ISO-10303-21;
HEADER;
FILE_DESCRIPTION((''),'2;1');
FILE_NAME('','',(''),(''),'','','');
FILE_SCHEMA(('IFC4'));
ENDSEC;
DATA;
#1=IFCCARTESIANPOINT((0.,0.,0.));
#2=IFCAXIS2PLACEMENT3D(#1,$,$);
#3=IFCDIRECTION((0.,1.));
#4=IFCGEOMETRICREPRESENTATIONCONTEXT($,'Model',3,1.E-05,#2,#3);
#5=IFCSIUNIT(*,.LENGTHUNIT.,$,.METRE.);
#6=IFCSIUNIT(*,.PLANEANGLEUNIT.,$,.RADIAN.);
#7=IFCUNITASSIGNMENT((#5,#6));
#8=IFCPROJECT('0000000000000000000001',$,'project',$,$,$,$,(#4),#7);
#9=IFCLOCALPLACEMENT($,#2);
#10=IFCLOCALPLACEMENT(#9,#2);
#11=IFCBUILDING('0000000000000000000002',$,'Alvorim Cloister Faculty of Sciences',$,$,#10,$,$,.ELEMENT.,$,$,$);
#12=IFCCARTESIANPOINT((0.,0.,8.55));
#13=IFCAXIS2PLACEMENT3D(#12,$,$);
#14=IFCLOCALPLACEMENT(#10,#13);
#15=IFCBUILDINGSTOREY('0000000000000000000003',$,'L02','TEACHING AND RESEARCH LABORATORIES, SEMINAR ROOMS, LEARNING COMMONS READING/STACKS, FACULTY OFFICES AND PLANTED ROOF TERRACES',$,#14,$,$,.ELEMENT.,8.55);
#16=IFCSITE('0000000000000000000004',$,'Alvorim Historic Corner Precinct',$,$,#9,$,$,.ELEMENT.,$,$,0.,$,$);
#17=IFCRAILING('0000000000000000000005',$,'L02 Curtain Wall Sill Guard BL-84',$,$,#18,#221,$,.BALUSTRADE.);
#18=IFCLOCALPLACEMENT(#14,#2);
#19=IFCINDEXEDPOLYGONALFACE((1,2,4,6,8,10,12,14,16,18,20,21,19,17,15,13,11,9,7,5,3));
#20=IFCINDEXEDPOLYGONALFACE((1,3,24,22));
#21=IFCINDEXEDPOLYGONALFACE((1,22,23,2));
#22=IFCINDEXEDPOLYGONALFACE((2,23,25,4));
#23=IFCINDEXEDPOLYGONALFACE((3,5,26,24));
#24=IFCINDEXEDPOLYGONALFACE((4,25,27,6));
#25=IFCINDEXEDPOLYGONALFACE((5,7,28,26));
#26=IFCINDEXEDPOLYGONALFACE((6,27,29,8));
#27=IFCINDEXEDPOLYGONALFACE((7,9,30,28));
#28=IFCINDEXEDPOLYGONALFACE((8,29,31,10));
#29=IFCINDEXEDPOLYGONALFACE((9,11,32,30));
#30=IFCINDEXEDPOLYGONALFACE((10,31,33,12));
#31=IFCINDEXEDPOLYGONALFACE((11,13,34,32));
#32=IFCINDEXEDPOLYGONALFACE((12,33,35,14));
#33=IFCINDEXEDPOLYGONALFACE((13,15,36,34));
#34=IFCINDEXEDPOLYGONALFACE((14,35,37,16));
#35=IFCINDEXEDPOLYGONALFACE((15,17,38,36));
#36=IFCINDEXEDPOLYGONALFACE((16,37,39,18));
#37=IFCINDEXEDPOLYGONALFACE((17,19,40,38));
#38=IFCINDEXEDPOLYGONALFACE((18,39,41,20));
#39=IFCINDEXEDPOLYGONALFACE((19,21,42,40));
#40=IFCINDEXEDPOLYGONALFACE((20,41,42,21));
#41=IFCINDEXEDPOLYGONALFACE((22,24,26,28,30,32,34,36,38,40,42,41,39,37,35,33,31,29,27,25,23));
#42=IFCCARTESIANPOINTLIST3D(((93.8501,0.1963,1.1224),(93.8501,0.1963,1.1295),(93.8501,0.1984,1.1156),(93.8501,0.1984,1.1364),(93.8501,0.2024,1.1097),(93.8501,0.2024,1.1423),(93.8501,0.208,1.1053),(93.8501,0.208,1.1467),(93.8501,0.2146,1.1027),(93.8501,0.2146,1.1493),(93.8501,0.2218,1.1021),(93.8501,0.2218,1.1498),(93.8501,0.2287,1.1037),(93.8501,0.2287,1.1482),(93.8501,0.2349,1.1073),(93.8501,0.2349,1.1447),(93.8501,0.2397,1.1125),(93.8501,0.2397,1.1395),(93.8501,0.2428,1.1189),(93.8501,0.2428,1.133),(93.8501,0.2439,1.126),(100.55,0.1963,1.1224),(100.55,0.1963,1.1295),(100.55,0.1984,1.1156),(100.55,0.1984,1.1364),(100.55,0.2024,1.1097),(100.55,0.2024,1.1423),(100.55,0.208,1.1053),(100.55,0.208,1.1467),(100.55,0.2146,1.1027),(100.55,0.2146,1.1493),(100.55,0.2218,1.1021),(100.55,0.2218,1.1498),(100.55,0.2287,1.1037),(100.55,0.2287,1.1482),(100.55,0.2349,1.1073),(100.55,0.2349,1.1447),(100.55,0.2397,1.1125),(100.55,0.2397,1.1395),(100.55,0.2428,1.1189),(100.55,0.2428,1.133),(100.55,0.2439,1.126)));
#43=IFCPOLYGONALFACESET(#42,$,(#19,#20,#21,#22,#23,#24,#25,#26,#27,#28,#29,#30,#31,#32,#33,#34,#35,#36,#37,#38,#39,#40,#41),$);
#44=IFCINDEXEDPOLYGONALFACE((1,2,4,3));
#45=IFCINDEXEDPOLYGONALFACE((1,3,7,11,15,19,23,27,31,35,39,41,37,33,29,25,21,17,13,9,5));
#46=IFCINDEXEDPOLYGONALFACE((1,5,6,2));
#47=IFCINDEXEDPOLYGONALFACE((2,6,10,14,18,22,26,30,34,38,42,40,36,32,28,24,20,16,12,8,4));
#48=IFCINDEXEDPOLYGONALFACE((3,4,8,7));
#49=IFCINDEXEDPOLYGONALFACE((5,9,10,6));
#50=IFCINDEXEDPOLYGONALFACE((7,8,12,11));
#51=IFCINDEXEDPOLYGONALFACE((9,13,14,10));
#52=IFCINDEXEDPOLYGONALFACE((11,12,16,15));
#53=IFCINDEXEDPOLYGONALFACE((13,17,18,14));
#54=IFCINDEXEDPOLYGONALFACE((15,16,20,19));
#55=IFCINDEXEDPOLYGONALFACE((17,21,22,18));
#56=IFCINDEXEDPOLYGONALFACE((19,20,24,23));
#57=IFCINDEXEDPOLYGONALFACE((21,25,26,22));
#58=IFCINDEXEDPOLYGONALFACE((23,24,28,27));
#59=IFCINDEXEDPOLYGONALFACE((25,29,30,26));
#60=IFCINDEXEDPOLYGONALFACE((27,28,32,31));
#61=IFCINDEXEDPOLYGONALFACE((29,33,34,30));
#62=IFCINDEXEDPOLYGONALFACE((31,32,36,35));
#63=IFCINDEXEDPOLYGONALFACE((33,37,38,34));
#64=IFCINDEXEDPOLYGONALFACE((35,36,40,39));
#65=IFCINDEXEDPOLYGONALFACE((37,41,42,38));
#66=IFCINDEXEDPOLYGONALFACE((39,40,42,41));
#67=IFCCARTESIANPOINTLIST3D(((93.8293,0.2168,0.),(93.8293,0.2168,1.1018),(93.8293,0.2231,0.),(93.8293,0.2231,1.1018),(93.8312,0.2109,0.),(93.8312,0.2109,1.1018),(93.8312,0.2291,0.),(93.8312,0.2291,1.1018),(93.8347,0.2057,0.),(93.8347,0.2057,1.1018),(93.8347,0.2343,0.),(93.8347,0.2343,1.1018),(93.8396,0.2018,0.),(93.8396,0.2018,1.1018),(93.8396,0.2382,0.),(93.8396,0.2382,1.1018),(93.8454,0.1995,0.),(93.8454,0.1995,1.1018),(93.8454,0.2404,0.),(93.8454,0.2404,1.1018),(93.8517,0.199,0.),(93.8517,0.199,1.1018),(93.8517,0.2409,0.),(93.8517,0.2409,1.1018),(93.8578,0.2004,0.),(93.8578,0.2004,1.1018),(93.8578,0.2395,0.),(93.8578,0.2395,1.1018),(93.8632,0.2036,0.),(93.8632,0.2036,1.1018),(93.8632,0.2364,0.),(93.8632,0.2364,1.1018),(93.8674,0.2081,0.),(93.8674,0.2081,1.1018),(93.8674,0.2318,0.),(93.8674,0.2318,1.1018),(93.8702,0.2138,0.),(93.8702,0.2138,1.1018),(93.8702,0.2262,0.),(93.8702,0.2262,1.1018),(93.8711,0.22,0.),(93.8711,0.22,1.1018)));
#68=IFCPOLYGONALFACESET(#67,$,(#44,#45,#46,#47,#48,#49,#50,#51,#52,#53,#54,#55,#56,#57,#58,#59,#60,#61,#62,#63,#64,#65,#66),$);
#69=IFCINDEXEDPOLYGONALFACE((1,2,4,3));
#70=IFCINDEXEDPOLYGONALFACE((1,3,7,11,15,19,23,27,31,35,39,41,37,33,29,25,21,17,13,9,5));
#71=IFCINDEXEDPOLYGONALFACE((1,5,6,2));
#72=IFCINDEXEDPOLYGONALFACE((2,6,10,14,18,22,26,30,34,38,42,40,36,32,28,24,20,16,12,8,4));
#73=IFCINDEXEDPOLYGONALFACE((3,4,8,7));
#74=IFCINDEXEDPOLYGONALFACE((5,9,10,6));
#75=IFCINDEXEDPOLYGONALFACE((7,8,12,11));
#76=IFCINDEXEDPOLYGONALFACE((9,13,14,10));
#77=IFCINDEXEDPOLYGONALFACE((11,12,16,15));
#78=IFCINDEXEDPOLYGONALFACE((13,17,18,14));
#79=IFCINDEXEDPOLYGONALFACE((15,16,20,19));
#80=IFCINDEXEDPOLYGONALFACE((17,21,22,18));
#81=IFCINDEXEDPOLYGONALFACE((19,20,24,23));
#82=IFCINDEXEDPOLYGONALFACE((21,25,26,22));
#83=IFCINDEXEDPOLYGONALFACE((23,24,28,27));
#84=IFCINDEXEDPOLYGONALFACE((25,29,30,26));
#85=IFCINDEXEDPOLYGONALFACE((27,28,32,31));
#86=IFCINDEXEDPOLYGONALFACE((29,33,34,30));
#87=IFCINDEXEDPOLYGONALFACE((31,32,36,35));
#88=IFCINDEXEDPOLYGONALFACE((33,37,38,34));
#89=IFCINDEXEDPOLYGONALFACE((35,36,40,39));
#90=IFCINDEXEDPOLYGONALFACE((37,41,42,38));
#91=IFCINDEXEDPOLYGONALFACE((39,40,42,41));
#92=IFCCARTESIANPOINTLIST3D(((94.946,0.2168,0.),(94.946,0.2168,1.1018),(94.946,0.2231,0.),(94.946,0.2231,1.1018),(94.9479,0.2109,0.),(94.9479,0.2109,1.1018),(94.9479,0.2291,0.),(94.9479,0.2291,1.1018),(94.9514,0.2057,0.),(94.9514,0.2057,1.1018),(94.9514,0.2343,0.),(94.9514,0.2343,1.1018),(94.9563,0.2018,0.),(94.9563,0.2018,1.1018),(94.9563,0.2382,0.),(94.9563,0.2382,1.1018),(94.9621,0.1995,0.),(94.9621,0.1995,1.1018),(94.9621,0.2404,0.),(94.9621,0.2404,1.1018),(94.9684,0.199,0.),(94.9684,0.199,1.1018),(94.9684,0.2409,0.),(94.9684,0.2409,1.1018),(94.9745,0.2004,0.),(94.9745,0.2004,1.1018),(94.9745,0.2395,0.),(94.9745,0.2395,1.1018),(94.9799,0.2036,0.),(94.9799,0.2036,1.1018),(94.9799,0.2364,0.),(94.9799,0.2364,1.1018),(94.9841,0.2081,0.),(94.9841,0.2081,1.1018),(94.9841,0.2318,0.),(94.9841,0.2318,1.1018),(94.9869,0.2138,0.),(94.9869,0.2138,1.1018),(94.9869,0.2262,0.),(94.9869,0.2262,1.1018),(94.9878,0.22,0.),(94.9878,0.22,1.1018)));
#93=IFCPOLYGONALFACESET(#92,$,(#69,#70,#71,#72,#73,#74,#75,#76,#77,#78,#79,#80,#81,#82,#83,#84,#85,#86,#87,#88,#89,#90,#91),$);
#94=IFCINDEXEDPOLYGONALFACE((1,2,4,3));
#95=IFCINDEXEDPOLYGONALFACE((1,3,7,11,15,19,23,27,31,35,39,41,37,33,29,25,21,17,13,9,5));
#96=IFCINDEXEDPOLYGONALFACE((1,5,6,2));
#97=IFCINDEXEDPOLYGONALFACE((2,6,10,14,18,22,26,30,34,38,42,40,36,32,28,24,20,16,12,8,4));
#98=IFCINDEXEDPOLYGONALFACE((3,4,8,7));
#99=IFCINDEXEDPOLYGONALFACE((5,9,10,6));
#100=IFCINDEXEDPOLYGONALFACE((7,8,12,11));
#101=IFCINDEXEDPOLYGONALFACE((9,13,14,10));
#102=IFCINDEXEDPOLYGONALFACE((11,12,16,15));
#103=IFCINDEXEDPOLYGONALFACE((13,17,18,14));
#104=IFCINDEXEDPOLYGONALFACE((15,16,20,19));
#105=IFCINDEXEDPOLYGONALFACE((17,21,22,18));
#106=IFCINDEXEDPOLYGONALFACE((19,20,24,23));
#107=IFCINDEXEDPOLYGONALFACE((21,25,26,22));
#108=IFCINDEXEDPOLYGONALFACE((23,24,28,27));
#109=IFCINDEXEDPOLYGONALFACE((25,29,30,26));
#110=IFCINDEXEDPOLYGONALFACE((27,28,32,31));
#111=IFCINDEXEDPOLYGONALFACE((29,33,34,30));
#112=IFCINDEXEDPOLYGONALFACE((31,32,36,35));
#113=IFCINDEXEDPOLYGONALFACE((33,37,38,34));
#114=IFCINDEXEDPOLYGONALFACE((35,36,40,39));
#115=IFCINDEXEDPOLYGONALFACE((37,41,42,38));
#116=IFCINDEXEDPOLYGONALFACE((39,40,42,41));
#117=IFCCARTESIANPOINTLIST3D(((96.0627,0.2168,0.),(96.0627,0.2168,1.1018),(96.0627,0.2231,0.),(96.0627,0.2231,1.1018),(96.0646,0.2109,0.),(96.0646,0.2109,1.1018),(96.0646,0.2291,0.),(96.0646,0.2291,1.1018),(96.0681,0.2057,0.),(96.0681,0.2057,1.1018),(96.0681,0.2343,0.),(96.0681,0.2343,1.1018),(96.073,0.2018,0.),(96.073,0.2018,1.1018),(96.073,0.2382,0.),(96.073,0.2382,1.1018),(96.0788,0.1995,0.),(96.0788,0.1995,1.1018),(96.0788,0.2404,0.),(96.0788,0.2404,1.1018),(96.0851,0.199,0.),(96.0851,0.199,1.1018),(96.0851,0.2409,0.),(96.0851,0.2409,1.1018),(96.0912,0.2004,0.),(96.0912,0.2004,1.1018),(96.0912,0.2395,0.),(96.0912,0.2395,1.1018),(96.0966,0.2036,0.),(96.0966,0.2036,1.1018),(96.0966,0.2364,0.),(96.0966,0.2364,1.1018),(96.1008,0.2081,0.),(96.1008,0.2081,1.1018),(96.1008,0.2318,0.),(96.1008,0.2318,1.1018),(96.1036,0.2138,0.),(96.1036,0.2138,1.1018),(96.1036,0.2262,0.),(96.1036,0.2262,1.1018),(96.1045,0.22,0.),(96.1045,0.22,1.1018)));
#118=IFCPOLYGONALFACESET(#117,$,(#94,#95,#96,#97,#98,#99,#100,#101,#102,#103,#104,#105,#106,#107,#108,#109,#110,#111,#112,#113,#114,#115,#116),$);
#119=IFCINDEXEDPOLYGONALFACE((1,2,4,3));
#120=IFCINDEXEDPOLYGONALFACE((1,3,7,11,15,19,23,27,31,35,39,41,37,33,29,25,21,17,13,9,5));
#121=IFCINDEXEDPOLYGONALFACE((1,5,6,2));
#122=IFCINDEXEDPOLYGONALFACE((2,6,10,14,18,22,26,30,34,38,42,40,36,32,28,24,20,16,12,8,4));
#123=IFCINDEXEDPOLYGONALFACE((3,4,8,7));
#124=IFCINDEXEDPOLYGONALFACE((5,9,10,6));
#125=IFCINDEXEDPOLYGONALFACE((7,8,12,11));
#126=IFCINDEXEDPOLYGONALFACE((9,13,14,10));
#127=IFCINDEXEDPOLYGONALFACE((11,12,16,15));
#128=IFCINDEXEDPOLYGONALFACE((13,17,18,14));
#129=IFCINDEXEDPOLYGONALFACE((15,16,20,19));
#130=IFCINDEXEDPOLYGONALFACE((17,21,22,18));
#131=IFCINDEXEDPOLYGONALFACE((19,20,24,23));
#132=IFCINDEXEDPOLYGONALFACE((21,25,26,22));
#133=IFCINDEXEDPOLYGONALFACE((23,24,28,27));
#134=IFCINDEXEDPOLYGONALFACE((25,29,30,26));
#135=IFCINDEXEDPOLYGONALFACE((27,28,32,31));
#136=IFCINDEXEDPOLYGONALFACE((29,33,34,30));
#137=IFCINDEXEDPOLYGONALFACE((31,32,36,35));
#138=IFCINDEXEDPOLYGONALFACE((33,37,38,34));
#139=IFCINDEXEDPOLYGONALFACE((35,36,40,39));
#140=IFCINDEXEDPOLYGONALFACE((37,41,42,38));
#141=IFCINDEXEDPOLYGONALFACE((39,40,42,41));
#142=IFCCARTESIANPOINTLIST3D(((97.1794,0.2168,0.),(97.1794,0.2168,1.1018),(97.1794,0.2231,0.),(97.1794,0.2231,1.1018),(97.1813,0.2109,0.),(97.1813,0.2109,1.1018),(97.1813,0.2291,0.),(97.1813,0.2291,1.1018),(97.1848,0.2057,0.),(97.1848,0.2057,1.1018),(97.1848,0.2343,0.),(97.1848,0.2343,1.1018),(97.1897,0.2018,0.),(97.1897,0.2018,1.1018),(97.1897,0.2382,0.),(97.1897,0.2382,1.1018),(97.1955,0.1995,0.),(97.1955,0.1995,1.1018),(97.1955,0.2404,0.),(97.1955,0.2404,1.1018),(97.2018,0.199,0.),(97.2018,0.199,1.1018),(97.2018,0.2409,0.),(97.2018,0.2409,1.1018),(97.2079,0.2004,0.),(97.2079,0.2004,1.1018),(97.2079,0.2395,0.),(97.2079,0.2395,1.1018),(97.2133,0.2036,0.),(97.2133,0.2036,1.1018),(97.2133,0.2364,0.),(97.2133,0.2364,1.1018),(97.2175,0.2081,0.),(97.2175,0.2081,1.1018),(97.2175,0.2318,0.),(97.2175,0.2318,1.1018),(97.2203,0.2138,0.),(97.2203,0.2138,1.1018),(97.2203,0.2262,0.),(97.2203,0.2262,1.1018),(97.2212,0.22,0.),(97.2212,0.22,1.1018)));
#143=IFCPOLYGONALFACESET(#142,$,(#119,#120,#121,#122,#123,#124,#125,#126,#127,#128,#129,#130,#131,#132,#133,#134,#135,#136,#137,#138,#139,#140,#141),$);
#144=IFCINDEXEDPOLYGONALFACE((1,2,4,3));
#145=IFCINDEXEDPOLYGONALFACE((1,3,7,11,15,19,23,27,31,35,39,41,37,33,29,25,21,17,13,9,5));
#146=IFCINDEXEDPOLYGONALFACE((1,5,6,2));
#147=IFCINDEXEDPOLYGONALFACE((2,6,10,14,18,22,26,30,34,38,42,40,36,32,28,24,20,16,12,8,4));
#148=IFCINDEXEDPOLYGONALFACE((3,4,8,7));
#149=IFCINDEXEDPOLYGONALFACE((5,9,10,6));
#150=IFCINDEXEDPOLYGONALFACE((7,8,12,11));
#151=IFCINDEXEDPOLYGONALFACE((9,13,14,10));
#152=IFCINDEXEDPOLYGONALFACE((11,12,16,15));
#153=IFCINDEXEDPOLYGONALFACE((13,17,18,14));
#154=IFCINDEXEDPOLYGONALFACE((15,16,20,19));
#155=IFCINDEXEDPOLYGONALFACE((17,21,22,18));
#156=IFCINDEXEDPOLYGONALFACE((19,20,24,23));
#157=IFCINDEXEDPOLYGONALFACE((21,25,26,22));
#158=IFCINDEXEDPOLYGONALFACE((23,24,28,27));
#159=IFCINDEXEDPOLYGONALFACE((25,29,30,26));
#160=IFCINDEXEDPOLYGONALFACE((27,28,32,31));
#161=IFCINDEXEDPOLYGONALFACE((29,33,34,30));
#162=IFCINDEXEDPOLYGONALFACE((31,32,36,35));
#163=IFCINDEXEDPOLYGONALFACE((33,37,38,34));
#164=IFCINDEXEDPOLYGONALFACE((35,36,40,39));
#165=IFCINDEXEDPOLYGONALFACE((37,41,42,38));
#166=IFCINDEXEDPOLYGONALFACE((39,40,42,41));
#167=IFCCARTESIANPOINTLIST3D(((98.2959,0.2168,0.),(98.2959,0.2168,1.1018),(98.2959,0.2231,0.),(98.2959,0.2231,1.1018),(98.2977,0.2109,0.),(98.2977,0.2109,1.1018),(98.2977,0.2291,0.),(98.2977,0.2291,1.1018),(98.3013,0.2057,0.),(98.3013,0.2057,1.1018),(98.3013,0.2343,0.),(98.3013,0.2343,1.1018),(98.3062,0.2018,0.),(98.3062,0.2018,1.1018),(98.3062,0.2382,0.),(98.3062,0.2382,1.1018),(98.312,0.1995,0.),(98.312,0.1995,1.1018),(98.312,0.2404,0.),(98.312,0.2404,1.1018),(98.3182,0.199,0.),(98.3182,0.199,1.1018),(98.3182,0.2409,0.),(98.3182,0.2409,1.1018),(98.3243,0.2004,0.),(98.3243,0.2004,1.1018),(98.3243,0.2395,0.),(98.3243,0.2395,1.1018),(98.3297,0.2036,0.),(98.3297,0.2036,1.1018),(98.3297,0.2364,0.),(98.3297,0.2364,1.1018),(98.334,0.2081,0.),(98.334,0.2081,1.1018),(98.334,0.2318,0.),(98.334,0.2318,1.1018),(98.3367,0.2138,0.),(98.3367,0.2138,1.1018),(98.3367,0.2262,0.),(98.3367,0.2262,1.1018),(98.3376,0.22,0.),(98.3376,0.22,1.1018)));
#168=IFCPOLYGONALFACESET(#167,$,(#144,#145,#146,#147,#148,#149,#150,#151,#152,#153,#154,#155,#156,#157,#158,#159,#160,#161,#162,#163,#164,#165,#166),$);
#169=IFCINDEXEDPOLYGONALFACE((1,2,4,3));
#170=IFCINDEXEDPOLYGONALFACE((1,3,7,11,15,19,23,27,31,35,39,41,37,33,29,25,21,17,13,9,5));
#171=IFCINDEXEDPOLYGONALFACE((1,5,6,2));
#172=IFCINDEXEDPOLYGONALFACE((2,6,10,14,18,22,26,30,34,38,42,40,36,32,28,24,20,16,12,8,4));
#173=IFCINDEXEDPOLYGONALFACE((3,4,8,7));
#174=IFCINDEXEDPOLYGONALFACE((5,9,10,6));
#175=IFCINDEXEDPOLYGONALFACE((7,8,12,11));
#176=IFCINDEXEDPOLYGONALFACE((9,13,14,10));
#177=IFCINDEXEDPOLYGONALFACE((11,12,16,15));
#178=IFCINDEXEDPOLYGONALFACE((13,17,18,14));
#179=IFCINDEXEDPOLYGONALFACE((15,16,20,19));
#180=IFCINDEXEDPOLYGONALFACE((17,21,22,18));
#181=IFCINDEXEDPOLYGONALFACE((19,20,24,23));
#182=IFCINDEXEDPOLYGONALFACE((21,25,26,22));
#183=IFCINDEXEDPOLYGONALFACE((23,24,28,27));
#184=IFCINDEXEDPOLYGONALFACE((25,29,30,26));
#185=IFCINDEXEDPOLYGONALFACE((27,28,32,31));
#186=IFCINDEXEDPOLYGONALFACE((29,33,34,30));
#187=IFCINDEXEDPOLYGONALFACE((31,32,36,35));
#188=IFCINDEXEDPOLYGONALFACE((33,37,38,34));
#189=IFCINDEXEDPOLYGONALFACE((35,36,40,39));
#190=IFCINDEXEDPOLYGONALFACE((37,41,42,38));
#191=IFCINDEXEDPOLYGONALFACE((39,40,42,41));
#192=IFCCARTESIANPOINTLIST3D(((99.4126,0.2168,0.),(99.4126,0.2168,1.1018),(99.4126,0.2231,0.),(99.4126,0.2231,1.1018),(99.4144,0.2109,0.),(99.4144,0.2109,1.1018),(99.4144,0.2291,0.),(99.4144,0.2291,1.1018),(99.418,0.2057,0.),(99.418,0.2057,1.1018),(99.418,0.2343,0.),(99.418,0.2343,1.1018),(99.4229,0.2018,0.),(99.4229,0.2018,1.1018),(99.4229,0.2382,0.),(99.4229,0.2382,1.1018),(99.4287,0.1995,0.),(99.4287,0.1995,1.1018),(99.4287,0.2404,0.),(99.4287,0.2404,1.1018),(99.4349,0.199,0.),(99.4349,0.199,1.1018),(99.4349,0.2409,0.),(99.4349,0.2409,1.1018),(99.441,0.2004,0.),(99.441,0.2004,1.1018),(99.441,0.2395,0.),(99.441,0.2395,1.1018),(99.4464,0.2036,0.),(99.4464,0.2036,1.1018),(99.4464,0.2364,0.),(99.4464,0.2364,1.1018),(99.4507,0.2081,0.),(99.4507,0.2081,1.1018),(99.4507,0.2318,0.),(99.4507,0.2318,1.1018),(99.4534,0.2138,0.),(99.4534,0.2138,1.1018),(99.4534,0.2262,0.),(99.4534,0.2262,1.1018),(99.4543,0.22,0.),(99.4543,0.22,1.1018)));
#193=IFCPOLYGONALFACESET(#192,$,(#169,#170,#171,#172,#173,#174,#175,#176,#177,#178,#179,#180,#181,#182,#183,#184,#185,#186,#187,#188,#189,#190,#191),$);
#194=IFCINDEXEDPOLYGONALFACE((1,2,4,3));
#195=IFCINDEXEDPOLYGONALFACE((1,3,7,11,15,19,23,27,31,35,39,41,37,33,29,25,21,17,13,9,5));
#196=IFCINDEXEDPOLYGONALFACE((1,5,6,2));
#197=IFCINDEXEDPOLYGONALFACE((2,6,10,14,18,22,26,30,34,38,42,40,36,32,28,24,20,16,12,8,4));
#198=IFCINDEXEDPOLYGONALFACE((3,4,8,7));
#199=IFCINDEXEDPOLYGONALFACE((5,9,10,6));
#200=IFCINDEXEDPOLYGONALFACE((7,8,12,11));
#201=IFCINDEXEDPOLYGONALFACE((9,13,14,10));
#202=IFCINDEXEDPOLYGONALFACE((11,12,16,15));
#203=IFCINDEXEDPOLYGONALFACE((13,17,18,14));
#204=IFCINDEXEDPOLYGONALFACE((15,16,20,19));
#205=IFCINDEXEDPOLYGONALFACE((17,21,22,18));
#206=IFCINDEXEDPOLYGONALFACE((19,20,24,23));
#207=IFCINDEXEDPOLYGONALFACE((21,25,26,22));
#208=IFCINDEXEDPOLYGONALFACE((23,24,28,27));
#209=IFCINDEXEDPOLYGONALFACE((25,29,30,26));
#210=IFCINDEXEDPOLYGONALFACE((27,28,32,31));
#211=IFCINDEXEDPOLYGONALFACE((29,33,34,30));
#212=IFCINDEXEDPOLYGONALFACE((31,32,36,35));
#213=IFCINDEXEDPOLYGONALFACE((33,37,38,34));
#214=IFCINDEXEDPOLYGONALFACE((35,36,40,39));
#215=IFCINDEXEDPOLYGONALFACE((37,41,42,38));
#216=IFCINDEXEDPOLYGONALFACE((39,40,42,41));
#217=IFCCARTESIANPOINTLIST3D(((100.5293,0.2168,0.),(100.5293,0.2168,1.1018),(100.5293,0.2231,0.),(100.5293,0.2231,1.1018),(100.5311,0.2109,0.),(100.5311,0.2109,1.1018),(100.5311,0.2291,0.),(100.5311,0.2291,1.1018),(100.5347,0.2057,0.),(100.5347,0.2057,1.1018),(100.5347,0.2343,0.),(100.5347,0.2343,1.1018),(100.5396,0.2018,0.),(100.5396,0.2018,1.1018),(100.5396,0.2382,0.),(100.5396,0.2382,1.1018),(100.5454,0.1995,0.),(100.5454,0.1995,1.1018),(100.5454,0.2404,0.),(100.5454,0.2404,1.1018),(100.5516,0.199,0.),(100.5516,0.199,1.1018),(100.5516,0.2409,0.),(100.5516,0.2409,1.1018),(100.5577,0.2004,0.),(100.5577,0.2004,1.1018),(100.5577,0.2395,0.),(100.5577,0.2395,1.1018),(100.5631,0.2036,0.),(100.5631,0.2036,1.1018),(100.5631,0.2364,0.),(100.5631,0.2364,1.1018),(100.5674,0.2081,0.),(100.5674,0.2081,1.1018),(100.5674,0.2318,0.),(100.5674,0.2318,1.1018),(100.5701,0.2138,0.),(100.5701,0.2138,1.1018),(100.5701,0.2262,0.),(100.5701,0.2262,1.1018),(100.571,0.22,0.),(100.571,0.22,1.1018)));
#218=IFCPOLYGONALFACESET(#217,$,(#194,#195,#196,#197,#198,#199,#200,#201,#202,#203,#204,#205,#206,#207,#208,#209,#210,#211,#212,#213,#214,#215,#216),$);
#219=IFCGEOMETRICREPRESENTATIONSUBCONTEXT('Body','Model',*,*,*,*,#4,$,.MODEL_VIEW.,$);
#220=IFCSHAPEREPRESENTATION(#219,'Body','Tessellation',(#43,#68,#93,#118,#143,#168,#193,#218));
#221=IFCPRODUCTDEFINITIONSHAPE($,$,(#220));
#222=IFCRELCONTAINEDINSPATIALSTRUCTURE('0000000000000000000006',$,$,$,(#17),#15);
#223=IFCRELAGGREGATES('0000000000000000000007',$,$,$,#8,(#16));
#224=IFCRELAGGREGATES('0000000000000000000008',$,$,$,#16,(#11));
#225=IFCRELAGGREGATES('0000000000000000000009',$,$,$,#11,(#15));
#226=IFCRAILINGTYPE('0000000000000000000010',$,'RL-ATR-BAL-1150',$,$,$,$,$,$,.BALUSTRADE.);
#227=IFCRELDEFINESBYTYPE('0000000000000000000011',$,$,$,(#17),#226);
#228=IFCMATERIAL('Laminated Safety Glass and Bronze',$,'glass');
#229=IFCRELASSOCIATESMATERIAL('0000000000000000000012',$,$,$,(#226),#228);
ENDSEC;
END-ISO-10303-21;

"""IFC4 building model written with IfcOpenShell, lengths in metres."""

from ifc_helpers import new_model, si_unit, direction, frame, origin, origin_2d, place, context, subcontext, project, spatial, circle, extrude, material, type_object, element, save


model = new_model("IFC4")

# Units and contexts
model_context = context("Model", 3, precision=1e-05, world=origin(), true_north=direction((0.0, 1.0)))
body_context = subcontext(model_context, "Body", "Model", "MODEL_VIEW")
ifc_project = project(units=[si_unit("LENGTHUNIT", "METRE"), si_unit("PLANEANGLEUNIT", "RADIAN")], contexts=[model_context])

# Site, building, storey
site_placement = place(None, origin())
site = spatial("IfcSite", under=ifc_project, at=site_placement, Name="Alvorim Historic Corner Precinct", CompositionType="ELEMENT", RefElevation=0.0)
building_placement = place(site_placement, origin())
building = spatial("IfcBuilding", under=site, at=building_placement, Name="Alvorim Cloister Faculty of Sciences", CompositionType="ELEMENT")
storey_placement = place(building_placement, frame((0.0, 0.0, 8.55)))
storey = spatial("IfcBuildingStorey", under=building, at=storey_placement, Name="L02", Description="TEACHING AND RESEARCH LABORATORIES, SEMINAR ROOMS, LEARNING COMMONS READING/STACKS, FACULTY OFFICES AND PLANTED ROOF TERRACES", CompositionType="ELEMENT", Elevation=8.55)

# Railing
ifc_material_1 = material(Name="Laminated Safety Glass and Bronze", Category="glass")
railing_type = type_object("IfcRailingType", Name="RL-ATR-BAL-1150", PredefinedType="BALUSTRADE", material=ifc_material_1)
railing_placement = place(storey_placement, frame((93.8501, 0.22, 0.0)))
element("IfcRailing", 1, at=railing_placement, inside=storey, type_object=railing_type, Name="L02 Curtain Wall Sill Guard BL-84", PredefinedType="BALUSTRADE", context=body_context, shape_type="SweptSolid", body=[
    extrude(circle(Radius=0.0239, at=origin_2d()), frame((0.0, 0.0, 1.126), z_axis=(1.0, 0.0, 0.0), x_axis=(0.0, 1.0, 0.0)), (0.0, 0.0, 1.0), 6.7),
    extrude(circle(Radius=0.021, at=origin_2d()), origin(), (0.0, 0.0, 1.0), 1.1018),
    extrude(circle(Radius=0.021, at=origin_2d()), frame((1.1167, 0.0, 0.0)), (0.0, 0.0, 1.0), 1.1018),
    extrude(circle(Radius=0.021, at=origin_2d()), frame((2.2334, 0.0, 0.0)), (0.0, 0.0, 1.0), 1.1018),
    extrude(circle(Radius=0.021, at=origin_2d()), frame((3.3501, 0.0, 0.0)), (0.0, 0.0, 1.0), 1.1018),
    extrude(circle(Radius=0.021, at=origin_2d()), frame((4.4666, 0.0, 0.0)), (0.0, 0.0, 1.0), 1.1018),
    extrude(circle(Radius=0.021, at=origin_2d()), frame((5.5833, 0.0, 0.0)), (0.0, 0.0, 1.0), 1.1018),
    extrude(circle(Radius=0.021, at=origin_2d()), frame((6.7, 0.0, 0.0)), (0.0, 0.0, 1.0), 1.1018),
])

save(model, "model.ifc")
